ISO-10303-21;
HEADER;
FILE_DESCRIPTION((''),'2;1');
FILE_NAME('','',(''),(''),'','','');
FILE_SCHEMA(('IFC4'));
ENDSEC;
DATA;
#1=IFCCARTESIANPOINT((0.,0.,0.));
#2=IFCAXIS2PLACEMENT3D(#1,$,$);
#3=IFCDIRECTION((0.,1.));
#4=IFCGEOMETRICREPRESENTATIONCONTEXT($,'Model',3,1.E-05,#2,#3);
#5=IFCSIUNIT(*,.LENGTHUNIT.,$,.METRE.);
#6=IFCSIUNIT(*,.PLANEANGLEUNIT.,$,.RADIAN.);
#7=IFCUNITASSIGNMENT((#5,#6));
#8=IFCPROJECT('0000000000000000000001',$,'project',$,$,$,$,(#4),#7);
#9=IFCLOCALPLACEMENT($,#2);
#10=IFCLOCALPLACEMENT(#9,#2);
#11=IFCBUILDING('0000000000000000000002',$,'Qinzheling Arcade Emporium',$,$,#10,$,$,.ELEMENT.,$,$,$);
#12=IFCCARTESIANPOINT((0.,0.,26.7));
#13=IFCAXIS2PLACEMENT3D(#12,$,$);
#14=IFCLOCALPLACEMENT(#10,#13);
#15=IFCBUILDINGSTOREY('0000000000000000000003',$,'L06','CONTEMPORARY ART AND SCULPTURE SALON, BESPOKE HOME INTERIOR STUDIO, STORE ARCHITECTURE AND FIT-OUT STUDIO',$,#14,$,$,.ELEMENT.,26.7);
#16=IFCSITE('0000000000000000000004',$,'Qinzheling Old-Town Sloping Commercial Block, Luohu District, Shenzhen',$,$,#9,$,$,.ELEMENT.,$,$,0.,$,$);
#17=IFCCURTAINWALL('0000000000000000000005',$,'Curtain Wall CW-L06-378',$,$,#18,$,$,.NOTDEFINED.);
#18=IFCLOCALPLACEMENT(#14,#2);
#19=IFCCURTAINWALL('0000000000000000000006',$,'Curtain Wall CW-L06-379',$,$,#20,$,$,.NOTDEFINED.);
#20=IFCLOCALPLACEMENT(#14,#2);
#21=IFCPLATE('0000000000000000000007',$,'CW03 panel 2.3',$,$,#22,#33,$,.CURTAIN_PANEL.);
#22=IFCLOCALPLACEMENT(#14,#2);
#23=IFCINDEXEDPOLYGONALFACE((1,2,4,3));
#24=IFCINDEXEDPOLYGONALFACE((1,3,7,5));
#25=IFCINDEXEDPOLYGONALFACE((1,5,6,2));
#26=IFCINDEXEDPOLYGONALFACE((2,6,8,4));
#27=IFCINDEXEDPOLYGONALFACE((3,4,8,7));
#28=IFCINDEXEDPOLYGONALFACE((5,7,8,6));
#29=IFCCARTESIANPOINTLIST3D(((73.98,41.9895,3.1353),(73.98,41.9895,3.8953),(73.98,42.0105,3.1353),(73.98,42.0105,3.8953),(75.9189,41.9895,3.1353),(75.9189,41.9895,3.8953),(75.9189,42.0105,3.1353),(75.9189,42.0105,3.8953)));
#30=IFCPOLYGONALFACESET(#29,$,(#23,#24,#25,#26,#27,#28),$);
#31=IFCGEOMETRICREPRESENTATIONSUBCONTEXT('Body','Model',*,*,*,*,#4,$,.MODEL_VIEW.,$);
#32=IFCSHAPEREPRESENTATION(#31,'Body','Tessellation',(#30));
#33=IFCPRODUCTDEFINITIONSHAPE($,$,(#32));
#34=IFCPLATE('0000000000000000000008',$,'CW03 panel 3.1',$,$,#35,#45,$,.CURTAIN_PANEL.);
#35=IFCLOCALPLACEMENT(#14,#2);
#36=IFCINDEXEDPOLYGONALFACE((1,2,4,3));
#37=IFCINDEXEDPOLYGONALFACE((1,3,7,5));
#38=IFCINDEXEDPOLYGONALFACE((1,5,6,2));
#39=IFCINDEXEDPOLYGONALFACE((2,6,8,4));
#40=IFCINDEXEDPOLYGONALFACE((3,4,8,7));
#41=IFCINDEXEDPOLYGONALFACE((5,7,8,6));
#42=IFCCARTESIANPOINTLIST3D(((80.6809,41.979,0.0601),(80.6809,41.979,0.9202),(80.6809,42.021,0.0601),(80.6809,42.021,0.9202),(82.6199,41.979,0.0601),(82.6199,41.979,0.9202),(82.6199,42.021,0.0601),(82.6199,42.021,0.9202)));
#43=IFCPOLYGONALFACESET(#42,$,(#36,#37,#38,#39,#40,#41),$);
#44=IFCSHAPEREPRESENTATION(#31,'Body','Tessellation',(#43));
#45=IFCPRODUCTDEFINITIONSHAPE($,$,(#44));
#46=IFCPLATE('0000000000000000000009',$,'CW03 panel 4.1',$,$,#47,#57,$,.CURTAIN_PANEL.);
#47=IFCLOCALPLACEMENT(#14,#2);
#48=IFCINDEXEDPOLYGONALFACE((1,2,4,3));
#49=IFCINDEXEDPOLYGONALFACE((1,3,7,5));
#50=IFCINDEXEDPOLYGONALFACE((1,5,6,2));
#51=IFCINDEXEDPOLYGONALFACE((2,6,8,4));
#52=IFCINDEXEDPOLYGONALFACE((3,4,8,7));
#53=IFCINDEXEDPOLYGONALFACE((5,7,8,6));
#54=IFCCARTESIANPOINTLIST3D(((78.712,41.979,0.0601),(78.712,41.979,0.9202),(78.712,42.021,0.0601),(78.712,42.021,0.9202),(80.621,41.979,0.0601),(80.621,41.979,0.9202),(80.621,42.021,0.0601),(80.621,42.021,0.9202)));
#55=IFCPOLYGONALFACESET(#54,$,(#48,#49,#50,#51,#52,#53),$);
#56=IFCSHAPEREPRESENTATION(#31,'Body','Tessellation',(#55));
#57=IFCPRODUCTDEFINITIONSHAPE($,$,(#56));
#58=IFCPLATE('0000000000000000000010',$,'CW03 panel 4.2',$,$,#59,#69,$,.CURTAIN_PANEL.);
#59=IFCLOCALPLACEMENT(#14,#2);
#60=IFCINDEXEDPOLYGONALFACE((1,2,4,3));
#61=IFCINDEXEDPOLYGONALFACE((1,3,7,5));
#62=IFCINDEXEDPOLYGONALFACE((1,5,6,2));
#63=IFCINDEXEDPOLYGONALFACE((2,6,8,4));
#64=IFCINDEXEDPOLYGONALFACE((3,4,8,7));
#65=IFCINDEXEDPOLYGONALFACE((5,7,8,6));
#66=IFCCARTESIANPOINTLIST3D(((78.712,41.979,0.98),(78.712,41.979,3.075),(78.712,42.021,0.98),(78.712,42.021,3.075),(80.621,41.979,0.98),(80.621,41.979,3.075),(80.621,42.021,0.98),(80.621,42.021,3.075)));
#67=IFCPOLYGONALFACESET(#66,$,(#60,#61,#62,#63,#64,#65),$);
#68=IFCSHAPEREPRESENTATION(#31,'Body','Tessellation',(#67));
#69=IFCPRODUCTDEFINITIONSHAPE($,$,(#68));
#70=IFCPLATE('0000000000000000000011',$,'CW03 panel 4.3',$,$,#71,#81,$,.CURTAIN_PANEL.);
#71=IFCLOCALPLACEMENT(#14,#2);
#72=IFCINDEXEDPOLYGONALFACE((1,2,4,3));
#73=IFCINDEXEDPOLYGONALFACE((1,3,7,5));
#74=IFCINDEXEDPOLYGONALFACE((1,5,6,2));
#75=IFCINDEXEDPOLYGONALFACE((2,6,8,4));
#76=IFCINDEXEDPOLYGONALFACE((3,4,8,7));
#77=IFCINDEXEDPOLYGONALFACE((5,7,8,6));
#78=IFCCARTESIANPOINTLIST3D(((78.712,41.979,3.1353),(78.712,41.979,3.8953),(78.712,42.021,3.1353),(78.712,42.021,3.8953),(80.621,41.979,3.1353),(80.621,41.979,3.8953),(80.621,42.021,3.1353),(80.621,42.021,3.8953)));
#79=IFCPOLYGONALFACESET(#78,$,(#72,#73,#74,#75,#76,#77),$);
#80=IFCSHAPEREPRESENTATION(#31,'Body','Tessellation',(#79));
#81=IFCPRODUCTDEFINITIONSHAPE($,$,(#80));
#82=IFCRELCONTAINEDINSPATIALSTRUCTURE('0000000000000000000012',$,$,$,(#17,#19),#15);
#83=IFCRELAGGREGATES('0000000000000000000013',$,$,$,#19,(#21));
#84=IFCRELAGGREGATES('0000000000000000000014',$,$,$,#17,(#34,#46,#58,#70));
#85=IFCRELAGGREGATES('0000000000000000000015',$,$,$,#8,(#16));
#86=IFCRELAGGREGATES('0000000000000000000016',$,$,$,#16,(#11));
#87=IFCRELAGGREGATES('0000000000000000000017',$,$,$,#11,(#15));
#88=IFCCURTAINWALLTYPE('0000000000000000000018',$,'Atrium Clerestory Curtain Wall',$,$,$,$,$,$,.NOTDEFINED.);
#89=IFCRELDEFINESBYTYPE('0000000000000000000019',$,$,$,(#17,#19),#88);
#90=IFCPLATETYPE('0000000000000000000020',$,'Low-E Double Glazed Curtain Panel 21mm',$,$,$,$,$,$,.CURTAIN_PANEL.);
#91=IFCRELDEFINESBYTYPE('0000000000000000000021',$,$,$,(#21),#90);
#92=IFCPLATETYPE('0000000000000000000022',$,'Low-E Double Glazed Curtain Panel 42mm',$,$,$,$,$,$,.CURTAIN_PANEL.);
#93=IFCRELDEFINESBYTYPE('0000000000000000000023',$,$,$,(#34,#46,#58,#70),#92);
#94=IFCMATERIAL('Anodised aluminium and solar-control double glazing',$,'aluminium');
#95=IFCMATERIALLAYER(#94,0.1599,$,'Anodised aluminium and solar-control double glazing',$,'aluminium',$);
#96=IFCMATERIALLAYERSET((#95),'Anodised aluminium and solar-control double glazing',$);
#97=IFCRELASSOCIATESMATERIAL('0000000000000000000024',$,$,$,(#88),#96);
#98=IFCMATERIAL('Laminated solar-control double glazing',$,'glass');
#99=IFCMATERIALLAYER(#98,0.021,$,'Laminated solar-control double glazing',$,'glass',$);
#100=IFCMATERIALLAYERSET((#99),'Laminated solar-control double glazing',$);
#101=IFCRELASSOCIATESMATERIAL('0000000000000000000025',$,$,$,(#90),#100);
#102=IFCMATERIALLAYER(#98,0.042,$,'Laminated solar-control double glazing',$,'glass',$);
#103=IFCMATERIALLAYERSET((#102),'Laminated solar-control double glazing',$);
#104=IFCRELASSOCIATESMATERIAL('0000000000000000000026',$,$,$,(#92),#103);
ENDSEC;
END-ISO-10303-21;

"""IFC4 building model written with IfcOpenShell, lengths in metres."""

from ifc_helpers import new_model, si_unit, direction, frame, origin, origin_2d, place, context, subcontext, project, spatial, rectangle, extrude, material, layer, layer_set, type_object, element, aggregate, save


model = new_model("IFC4")

# Units and contexts
model_context = context("Model", 3, precision=1e-05, world=origin(), true_north=direction((0.0, 1.0)))
body_context = subcontext(model_context, "Body", "Model", "MODEL_VIEW")
ifc_project = project(units=[si_unit("LENGTHUNIT", "METRE"), si_unit("PLANEANGLEUNIT", "RADIAN")], contexts=[model_context])

# Site, building, storey
site_placement = place(None, origin())
site = spatial("IfcSite", under=ifc_project, at=site_placement, Name="Qinzheling Old-Town Sloping Commercial Block, Luohu District, Shenzhen", CompositionType="ELEMENT", RefElevation=0.0)
building_placement = place(site_placement, origin())
building = spatial("IfcBuilding", under=site, at=building_placement, Name="Qinzheling Arcade Emporium", CompositionType="ELEMENT")
storey_placement = place(building_placement, frame((0.0, 0.0, 26.7)))
storey = spatial("IfcBuildingStorey", under=building, at=storey_placement, Name="L06", Description="CONTEMPORARY ART AND SCULPTURE SALON, BESPOKE HOME INTERIOR STUDIO, STORE ARCHITECTURE AND FIT-OUT STUDIO", CompositionType="ELEMENT", Elevation=26.7)

# Curtain walls
ifc_material_1 = material(Name="Anodised aluminium and solar-control double glazing", Category="aluminium")
ifc_layer_1 = layer(ifc_material_1, 0.1599, Name="Anodised aluminium and solar-control double glazing", Category="aluminium")
ifc_layer_set_1 = layer_set([ifc_layer_1], Name="Anodised aluminium and solar-control double glazing")
curtain_wall_type = type_object("IfcCurtainWallType", Name="Atrium Clerestory Curtain Wall", PredefinedType="NOTDEFINED", material=ifc_layer_set_1)
curtain_wall_1_placement = place(storey_placement, origin())
curtain_wall_1 = element("IfcCurtainWall", 1, at=curtain_wall_1_placement, inside=storey, type_object=curtain_wall_type, Name="Curtain Wall CW-L06-378", PredefinedType="NOTDEFINED")
curtain_wall_2_placement = place(storey_placement, origin())
curtain_wall_2 = element("IfcCurtainWall", 2, at=curtain_wall_2_placement, inside=storey, type_object=curtain_wall_type, Name="Curtain Wall CW-L06-379", PredefinedType="NOTDEFINED")

# Plates
ifc_material_2 = material(Name="Laminated solar-control double glazing", Category="glass")
ifc_layer_2 = layer(ifc_material_2, 0.021, Name="Laminated solar-control double glazing", Category="glass")
ifc_layer_set_2 = layer_set([ifc_layer_2], Name="Laminated solar-control double glazing")
plate_type_1 = type_object("IfcPlateType", Name="Low-E Double Glazed Curtain Panel 21mm", PredefinedType="CURTAIN_PANEL", material=ifc_layer_set_2)
plate_1_placement = place(storey_placement, frame((74.9495, 42.0, 3.1353), z_axis=(0.0, 0.0, 1.0), x_axis=(-1.0, 0.0, 0.0)))
plate_1 = element("IfcPlate", 3, at=plate_1_placement, type_object=plate_type_1, Name="CW03 panel 2.3", PredefinedType="CURTAIN_PANEL", context=body_context, shape_type="SweptSolid", body=[
    extrude(rectangle(XDim=1.939, YDim=0.021, at=origin_2d()), origin(), (0.0, 0.0, 1.0), 0.76),
])
aggregate(curtain_wall_2, [plate_1])
ifc_layer_3 = layer(ifc_material_2, 0.042, Name="Laminated solar-control double glazing", Category="glass")
ifc_layer_set_3 = layer_set([ifc_layer_3], Name="Laminated solar-control double glazing")
plate_type_2 = type_object("IfcPlateType", Name="Low-E Double Glazed Curtain Panel 42mm", PredefinedType="CURTAIN_PANEL", material=ifc_layer_set_3)
plate_2_placement = place(storey_placement, frame((81.6504, 42.0, 0.0601), z_axis=(0.0, 0.0, 1.0), x_axis=(-1.0, 0.0, 0.0)))
plate_2 = element("IfcPlate", 4, at=plate_2_placement, type_object=plate_type_2, Name="CW03 panel 3.1", PredefinedType="CURTAIN_PANEL", context=body_context, shape_type="SweptSolid", body=[
    extrude(rectangle(XDim=1.939, YDim=0.042, at=origin_2d()), origin(), (0.0, 0.0, 1.0), 0.8601),
])
plate_3_placement = place(storey_placement, frame((79.6665, 42.0, 0.0601), z_axis=(0.0, 0.0, 1.0), x_axis=(-1.0, 0.0, 0.0)))
plate_3 = element("IfcPlate", 5, at=plate_3_placement, type_object=plate_type_2, Name="CW03 panel 4.1", PredefinedType="CURTAIN_PANEL", context=body_context, shape_type="SweptSolid", body=[
    extrude(rectangle(XDim=1.9089, YDim=0.042, at=origin_2d()), origin(), (0.0, 0.0, 1.0), 0.8601),
])
plate_4_placement = place(storey_placement, frame((79.6665, 42.0, 0.98), z_axis=(0.0, 0.0, 1.0), x_axis=(-1.0, 0.0, 0.0)))
plate_4 = element("IfcPlate", 6, at=plate_4_placement, type_object=plate_type_2, Name="CW03 panel 4.2", PredefinedType="CURTAIN_PANEL", context=body_context, shape_type="SweptSolid", body=[
    extrude(rectangle(XDim=1.9089, YDim=0.042, at=origin_2d()), origin(), (0.0, 0.0, 1.0), 2.095),
])
plate_5_placement = place(storey_placement, frame((79.6665, 42.0, 3.1353), z_axis=(0.0, 0.0, 1.0), x_axis=(-1.0, 0.0, 0.0)))
plate_5 = element("IfcPlate", 7, at=plate_5_placement, type_object=plate_type_2, Name="CW03 panel 4.3", PredefinedType="CURTAIN_PANEL", context=body_context, shape_type="SweptSolid", body=[
    extrude(rectangle(XDim=1.9089, YDim=0.042, at=origin_2d()), origin(), (0.0, 0.0, 1.0), 0.76),
])
aggregate(curtain_wall_1, [plate_2, plate_3, plate_4, plate_5])

save(model, "model.ifc")
